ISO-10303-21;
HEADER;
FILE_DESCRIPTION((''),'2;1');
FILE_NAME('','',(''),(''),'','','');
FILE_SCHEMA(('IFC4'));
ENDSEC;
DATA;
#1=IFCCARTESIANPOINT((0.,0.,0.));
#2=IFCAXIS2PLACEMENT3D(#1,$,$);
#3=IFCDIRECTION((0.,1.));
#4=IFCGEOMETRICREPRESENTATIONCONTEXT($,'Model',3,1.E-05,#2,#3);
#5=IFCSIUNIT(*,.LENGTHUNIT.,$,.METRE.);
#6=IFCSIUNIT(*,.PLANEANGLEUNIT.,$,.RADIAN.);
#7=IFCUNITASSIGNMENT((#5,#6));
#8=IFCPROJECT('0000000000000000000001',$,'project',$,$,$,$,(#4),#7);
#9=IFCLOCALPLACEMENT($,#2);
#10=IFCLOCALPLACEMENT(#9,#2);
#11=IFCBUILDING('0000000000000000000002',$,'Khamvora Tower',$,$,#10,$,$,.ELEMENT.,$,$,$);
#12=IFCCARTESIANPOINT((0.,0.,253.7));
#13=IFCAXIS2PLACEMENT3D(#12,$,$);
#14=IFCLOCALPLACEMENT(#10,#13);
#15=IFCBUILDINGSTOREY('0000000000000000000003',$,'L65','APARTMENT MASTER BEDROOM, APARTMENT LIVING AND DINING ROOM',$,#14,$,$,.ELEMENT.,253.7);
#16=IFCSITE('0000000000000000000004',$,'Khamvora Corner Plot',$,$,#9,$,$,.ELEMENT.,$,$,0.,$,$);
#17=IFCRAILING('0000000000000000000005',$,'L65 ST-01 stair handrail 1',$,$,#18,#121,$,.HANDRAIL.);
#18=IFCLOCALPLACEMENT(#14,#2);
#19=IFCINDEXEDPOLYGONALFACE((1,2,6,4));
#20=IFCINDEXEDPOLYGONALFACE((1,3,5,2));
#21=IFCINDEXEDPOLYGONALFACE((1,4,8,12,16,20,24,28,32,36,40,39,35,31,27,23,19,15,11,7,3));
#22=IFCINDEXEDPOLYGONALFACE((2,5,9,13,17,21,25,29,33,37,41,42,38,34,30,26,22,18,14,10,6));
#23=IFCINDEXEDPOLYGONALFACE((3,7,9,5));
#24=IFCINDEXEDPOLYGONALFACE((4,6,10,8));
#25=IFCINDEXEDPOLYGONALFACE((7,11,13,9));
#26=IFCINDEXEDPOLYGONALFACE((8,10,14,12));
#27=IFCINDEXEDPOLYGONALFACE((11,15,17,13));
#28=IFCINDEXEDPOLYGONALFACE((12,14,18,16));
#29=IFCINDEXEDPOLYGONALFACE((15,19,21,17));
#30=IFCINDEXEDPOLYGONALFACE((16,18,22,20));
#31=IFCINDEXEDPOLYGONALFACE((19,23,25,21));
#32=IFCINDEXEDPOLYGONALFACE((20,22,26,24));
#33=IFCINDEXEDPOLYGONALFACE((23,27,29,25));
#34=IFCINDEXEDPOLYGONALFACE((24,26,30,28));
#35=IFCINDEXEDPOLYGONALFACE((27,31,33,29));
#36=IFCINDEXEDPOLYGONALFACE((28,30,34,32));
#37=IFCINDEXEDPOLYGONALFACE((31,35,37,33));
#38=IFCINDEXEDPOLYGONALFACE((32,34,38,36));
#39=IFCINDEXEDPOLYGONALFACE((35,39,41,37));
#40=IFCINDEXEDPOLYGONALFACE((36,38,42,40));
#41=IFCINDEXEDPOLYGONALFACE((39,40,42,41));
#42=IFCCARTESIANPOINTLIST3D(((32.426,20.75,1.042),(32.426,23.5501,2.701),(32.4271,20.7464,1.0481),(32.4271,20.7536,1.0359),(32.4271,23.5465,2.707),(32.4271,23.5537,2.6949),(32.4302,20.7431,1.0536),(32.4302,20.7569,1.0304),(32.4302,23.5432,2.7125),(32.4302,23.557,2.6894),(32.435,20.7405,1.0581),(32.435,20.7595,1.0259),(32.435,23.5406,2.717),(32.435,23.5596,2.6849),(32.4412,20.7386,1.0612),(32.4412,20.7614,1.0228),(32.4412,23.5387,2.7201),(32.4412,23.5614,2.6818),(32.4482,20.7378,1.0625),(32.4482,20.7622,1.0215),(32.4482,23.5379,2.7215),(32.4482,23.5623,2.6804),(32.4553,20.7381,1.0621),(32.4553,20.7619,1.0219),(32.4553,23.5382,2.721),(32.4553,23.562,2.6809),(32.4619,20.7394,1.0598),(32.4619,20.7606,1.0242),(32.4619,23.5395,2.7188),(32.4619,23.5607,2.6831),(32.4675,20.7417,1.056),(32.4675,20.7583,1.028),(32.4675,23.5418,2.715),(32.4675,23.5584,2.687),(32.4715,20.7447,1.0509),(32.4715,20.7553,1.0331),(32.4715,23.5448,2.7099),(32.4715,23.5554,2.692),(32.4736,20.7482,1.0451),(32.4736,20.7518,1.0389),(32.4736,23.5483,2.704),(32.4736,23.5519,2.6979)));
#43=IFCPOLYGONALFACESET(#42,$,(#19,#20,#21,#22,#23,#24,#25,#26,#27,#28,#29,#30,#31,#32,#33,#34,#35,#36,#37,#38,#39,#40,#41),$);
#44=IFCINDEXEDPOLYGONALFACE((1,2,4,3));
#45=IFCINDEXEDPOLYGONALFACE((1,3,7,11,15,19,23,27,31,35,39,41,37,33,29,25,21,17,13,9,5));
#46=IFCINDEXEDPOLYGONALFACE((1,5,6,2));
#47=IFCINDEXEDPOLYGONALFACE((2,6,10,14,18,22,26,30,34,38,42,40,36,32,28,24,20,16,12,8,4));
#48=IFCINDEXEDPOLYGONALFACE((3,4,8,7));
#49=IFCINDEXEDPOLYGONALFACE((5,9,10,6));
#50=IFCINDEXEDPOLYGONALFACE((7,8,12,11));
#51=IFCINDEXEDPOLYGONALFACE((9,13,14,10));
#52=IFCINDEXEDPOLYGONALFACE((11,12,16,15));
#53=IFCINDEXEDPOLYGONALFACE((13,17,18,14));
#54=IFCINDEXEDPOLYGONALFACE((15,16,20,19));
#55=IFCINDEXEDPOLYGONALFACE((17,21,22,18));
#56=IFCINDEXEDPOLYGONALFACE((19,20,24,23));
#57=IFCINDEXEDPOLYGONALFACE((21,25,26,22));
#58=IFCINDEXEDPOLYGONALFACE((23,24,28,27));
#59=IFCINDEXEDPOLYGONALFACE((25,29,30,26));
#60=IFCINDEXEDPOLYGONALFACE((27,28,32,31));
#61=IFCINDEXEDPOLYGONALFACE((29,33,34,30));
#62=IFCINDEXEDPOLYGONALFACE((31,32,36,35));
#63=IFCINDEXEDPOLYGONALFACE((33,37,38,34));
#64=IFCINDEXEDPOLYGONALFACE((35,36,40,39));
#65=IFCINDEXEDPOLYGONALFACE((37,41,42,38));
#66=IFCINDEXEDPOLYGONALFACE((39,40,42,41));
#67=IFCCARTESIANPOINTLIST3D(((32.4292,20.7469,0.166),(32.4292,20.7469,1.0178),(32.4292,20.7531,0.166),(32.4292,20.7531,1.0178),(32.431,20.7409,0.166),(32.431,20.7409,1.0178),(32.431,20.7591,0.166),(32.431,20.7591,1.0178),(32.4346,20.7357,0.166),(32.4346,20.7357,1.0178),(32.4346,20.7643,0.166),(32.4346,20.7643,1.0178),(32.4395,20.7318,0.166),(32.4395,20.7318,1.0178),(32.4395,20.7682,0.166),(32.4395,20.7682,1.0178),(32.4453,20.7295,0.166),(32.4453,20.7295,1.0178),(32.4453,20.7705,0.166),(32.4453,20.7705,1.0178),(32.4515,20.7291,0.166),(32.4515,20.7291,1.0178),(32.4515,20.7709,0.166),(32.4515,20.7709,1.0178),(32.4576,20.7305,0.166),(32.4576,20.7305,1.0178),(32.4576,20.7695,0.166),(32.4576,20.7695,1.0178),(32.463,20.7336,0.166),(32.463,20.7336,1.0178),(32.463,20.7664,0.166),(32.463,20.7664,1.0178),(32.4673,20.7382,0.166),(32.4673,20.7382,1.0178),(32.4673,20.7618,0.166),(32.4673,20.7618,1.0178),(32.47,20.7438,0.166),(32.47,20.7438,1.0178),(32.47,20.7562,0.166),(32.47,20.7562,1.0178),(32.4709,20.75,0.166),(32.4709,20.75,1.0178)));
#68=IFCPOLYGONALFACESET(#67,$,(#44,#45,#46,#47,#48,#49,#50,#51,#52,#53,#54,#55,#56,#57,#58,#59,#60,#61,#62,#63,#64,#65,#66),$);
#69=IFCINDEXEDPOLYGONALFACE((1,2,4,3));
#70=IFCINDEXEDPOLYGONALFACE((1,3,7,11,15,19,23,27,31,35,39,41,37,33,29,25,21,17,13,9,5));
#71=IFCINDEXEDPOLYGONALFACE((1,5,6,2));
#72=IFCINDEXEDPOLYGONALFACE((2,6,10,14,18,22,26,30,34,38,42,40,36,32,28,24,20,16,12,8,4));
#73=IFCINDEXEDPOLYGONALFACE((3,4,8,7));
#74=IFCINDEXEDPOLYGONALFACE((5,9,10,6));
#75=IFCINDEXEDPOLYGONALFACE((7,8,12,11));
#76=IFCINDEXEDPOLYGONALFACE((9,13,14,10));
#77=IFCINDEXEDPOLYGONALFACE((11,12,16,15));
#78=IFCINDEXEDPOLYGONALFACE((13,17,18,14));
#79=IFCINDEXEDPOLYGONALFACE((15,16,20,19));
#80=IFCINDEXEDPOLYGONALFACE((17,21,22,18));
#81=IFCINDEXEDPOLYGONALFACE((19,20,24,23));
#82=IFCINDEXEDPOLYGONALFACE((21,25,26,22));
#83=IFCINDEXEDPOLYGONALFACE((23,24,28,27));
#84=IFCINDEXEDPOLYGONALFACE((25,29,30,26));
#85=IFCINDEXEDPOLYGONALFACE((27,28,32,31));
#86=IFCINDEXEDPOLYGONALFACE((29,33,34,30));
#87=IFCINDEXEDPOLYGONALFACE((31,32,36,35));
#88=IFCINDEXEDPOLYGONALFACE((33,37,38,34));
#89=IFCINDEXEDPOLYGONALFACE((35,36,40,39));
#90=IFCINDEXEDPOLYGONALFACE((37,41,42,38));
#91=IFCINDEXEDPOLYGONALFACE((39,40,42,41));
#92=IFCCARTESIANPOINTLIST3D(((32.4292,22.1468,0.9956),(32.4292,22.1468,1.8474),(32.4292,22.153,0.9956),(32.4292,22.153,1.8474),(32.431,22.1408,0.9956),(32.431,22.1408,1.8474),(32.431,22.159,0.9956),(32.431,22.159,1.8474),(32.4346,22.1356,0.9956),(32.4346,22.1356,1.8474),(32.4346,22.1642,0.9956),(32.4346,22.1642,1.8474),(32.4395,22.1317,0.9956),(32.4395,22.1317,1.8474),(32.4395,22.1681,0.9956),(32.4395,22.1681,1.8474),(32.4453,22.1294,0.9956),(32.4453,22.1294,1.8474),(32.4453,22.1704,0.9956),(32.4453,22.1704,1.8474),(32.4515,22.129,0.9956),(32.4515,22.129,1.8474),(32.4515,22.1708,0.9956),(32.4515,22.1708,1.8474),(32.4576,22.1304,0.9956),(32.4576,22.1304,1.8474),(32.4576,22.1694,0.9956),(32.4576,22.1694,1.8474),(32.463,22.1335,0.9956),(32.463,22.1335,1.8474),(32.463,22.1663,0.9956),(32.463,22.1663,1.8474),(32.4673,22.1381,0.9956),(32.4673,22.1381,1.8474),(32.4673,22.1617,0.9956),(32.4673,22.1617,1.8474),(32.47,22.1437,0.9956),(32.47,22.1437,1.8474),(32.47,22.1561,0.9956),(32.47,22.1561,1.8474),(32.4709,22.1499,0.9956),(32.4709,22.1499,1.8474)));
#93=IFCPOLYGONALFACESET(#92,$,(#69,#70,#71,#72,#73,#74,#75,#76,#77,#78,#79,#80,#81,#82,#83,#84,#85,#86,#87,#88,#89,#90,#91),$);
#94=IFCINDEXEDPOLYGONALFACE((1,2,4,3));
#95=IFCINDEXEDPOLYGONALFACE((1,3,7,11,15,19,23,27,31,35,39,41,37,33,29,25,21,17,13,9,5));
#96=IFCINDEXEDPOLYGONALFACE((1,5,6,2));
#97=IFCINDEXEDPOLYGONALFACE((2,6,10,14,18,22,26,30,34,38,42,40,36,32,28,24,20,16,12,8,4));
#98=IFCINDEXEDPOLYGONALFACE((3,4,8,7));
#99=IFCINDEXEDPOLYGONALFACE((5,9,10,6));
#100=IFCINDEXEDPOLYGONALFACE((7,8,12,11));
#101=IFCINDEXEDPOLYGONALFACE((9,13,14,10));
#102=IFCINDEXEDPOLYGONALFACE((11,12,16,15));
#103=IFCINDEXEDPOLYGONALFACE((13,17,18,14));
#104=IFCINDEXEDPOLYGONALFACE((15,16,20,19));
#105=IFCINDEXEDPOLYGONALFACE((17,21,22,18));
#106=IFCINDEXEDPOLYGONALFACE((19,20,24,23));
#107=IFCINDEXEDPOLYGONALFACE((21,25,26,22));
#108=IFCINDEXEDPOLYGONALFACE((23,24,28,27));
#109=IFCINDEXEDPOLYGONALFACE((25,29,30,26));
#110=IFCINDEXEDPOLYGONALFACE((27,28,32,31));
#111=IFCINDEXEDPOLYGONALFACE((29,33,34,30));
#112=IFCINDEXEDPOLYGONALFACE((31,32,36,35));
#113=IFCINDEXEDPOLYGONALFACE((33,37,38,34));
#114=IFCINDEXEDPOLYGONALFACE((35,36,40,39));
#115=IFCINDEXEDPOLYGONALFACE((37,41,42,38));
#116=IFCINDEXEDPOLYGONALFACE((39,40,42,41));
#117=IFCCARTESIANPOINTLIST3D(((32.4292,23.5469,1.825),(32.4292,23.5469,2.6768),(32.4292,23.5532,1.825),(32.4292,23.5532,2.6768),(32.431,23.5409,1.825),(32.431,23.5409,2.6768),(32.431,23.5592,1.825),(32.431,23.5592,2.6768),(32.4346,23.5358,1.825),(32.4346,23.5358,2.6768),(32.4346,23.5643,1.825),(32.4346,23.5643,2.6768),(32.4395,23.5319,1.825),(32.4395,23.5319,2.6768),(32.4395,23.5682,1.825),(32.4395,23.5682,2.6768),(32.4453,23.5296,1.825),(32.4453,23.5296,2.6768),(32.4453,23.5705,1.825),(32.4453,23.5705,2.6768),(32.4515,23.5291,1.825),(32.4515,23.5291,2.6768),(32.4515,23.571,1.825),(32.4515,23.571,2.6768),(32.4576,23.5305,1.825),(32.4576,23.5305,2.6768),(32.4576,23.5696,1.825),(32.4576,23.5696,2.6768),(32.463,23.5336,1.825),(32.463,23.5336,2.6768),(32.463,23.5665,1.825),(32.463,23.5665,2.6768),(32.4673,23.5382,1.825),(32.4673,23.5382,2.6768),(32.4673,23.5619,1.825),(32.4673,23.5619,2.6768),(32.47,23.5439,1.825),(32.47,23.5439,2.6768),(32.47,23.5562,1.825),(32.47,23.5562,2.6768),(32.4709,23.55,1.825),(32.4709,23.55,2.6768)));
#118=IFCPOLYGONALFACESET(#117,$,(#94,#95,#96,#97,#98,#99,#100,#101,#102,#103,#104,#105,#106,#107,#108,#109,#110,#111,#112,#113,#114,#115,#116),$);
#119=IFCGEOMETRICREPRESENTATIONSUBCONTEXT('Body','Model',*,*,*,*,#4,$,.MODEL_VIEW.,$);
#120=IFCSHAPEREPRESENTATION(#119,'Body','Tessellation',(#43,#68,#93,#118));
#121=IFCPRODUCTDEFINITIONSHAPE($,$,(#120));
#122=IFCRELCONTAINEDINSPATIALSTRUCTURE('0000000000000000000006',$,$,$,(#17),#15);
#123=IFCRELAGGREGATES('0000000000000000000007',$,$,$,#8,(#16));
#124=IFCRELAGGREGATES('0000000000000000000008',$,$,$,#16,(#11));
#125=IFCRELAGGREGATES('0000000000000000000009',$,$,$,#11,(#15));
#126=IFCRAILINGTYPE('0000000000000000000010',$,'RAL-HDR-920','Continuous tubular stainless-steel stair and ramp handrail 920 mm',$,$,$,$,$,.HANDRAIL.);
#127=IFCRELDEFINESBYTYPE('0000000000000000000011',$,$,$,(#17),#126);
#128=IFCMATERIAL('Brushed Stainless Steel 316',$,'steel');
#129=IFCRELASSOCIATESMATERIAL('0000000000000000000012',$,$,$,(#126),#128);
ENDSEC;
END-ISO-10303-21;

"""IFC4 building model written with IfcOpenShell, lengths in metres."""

from ifc_helpers import new_model, si_unit, direction, frame, origin, origin_2d, place, context, subcontext, project, spatial, circle, extrude, material, type_object, element, save


model = new_model("IFC4")

# Units and contexts
model_context = context("Model", 3, precision=1e-05, world=origin(), true_north=direction((0.0, 1.0)))
body_context = subcontext(model_context, "Body", "Model", "MODEL_VIEW")
ifc_project = project(units=[si_unit("LENGTHUNIT", "METRE"), si_unit("PLANEANGLEUNIT", "RADIAN")], contexts=[model_context])

# Site, building, storey
site_placement = place(None, origin())
site = spatial("IfcSite", under=ifc_project, at=site_placement, Name="Khamvora Corner Plot", CompositionType="ELEMENT", RefElevation=0.0)
building_placement = place(site_placement, origin())
building = spatial("IfcBuilding", under=site, at=building_placement, Name="Khamvora Tower", CompositionType="ELEMENT")
storey_placement = place(building_placement, frame((0.0, 0.0, 253.7)))
storey = spatial("IfcBuildingStorey", under=building, at=storey_placement, Name="L65", Description="APARTMENT MASTER BEDROOM, APARTMENT LIVING AND DINING ROOM", CompositionType="ELEMENT", Elevation=253.7)

# Railing
ifc_material_1 = material(Name="Brushed Stainless Steel 316", Category="steel")
railing_type_1 = type_object("IfcRailingType", Name="RAL-HDR-920", Description="Continuous tubular stainless-steel stair and ramp handrail 920 mm", PredefinedType="HANDRAIL", material=ifc_material_1)
railing_1_placement = place(storey_placement, frame((32.45, 20.75, 0.166)))
element("IfcRailing", 1, at=railing_1_placement, inside=storey, type_object=railing_type_1, Name="L65 ST-01 stair handrail 1", PredefinedType="HANDRAIL", context=body_context, shape_type="SweptSolid", body=[
    extrude(circle(Radius=0.0239, at=origin_2d()), frame((0.0, 0.0, 0.876), z_axis=(0.0, 0.860339, 0.509722), x_axis=(-1.0, 0.0, 0.0)), (0.0, 0.0, 1.0), 3.2546),
    extrude(circle(Radius=0.021, at=origin_2d()), origin(), (0.0, 0.0, 1.0), 0.8518),
    extrude(circle(Radius=0.021, at=origin_2d()), frame((0.0, 1.3999, 0.8296)), (0.0, 0.0, 1.0), 0.8518),
    extrude(circle(Radius=0.021, at=origin_2d()), frame((0.0, 2.8, 1.6589)), (0.0, 0.0, 1.0), 0.8518),
])

save(model, "model.ifc")
